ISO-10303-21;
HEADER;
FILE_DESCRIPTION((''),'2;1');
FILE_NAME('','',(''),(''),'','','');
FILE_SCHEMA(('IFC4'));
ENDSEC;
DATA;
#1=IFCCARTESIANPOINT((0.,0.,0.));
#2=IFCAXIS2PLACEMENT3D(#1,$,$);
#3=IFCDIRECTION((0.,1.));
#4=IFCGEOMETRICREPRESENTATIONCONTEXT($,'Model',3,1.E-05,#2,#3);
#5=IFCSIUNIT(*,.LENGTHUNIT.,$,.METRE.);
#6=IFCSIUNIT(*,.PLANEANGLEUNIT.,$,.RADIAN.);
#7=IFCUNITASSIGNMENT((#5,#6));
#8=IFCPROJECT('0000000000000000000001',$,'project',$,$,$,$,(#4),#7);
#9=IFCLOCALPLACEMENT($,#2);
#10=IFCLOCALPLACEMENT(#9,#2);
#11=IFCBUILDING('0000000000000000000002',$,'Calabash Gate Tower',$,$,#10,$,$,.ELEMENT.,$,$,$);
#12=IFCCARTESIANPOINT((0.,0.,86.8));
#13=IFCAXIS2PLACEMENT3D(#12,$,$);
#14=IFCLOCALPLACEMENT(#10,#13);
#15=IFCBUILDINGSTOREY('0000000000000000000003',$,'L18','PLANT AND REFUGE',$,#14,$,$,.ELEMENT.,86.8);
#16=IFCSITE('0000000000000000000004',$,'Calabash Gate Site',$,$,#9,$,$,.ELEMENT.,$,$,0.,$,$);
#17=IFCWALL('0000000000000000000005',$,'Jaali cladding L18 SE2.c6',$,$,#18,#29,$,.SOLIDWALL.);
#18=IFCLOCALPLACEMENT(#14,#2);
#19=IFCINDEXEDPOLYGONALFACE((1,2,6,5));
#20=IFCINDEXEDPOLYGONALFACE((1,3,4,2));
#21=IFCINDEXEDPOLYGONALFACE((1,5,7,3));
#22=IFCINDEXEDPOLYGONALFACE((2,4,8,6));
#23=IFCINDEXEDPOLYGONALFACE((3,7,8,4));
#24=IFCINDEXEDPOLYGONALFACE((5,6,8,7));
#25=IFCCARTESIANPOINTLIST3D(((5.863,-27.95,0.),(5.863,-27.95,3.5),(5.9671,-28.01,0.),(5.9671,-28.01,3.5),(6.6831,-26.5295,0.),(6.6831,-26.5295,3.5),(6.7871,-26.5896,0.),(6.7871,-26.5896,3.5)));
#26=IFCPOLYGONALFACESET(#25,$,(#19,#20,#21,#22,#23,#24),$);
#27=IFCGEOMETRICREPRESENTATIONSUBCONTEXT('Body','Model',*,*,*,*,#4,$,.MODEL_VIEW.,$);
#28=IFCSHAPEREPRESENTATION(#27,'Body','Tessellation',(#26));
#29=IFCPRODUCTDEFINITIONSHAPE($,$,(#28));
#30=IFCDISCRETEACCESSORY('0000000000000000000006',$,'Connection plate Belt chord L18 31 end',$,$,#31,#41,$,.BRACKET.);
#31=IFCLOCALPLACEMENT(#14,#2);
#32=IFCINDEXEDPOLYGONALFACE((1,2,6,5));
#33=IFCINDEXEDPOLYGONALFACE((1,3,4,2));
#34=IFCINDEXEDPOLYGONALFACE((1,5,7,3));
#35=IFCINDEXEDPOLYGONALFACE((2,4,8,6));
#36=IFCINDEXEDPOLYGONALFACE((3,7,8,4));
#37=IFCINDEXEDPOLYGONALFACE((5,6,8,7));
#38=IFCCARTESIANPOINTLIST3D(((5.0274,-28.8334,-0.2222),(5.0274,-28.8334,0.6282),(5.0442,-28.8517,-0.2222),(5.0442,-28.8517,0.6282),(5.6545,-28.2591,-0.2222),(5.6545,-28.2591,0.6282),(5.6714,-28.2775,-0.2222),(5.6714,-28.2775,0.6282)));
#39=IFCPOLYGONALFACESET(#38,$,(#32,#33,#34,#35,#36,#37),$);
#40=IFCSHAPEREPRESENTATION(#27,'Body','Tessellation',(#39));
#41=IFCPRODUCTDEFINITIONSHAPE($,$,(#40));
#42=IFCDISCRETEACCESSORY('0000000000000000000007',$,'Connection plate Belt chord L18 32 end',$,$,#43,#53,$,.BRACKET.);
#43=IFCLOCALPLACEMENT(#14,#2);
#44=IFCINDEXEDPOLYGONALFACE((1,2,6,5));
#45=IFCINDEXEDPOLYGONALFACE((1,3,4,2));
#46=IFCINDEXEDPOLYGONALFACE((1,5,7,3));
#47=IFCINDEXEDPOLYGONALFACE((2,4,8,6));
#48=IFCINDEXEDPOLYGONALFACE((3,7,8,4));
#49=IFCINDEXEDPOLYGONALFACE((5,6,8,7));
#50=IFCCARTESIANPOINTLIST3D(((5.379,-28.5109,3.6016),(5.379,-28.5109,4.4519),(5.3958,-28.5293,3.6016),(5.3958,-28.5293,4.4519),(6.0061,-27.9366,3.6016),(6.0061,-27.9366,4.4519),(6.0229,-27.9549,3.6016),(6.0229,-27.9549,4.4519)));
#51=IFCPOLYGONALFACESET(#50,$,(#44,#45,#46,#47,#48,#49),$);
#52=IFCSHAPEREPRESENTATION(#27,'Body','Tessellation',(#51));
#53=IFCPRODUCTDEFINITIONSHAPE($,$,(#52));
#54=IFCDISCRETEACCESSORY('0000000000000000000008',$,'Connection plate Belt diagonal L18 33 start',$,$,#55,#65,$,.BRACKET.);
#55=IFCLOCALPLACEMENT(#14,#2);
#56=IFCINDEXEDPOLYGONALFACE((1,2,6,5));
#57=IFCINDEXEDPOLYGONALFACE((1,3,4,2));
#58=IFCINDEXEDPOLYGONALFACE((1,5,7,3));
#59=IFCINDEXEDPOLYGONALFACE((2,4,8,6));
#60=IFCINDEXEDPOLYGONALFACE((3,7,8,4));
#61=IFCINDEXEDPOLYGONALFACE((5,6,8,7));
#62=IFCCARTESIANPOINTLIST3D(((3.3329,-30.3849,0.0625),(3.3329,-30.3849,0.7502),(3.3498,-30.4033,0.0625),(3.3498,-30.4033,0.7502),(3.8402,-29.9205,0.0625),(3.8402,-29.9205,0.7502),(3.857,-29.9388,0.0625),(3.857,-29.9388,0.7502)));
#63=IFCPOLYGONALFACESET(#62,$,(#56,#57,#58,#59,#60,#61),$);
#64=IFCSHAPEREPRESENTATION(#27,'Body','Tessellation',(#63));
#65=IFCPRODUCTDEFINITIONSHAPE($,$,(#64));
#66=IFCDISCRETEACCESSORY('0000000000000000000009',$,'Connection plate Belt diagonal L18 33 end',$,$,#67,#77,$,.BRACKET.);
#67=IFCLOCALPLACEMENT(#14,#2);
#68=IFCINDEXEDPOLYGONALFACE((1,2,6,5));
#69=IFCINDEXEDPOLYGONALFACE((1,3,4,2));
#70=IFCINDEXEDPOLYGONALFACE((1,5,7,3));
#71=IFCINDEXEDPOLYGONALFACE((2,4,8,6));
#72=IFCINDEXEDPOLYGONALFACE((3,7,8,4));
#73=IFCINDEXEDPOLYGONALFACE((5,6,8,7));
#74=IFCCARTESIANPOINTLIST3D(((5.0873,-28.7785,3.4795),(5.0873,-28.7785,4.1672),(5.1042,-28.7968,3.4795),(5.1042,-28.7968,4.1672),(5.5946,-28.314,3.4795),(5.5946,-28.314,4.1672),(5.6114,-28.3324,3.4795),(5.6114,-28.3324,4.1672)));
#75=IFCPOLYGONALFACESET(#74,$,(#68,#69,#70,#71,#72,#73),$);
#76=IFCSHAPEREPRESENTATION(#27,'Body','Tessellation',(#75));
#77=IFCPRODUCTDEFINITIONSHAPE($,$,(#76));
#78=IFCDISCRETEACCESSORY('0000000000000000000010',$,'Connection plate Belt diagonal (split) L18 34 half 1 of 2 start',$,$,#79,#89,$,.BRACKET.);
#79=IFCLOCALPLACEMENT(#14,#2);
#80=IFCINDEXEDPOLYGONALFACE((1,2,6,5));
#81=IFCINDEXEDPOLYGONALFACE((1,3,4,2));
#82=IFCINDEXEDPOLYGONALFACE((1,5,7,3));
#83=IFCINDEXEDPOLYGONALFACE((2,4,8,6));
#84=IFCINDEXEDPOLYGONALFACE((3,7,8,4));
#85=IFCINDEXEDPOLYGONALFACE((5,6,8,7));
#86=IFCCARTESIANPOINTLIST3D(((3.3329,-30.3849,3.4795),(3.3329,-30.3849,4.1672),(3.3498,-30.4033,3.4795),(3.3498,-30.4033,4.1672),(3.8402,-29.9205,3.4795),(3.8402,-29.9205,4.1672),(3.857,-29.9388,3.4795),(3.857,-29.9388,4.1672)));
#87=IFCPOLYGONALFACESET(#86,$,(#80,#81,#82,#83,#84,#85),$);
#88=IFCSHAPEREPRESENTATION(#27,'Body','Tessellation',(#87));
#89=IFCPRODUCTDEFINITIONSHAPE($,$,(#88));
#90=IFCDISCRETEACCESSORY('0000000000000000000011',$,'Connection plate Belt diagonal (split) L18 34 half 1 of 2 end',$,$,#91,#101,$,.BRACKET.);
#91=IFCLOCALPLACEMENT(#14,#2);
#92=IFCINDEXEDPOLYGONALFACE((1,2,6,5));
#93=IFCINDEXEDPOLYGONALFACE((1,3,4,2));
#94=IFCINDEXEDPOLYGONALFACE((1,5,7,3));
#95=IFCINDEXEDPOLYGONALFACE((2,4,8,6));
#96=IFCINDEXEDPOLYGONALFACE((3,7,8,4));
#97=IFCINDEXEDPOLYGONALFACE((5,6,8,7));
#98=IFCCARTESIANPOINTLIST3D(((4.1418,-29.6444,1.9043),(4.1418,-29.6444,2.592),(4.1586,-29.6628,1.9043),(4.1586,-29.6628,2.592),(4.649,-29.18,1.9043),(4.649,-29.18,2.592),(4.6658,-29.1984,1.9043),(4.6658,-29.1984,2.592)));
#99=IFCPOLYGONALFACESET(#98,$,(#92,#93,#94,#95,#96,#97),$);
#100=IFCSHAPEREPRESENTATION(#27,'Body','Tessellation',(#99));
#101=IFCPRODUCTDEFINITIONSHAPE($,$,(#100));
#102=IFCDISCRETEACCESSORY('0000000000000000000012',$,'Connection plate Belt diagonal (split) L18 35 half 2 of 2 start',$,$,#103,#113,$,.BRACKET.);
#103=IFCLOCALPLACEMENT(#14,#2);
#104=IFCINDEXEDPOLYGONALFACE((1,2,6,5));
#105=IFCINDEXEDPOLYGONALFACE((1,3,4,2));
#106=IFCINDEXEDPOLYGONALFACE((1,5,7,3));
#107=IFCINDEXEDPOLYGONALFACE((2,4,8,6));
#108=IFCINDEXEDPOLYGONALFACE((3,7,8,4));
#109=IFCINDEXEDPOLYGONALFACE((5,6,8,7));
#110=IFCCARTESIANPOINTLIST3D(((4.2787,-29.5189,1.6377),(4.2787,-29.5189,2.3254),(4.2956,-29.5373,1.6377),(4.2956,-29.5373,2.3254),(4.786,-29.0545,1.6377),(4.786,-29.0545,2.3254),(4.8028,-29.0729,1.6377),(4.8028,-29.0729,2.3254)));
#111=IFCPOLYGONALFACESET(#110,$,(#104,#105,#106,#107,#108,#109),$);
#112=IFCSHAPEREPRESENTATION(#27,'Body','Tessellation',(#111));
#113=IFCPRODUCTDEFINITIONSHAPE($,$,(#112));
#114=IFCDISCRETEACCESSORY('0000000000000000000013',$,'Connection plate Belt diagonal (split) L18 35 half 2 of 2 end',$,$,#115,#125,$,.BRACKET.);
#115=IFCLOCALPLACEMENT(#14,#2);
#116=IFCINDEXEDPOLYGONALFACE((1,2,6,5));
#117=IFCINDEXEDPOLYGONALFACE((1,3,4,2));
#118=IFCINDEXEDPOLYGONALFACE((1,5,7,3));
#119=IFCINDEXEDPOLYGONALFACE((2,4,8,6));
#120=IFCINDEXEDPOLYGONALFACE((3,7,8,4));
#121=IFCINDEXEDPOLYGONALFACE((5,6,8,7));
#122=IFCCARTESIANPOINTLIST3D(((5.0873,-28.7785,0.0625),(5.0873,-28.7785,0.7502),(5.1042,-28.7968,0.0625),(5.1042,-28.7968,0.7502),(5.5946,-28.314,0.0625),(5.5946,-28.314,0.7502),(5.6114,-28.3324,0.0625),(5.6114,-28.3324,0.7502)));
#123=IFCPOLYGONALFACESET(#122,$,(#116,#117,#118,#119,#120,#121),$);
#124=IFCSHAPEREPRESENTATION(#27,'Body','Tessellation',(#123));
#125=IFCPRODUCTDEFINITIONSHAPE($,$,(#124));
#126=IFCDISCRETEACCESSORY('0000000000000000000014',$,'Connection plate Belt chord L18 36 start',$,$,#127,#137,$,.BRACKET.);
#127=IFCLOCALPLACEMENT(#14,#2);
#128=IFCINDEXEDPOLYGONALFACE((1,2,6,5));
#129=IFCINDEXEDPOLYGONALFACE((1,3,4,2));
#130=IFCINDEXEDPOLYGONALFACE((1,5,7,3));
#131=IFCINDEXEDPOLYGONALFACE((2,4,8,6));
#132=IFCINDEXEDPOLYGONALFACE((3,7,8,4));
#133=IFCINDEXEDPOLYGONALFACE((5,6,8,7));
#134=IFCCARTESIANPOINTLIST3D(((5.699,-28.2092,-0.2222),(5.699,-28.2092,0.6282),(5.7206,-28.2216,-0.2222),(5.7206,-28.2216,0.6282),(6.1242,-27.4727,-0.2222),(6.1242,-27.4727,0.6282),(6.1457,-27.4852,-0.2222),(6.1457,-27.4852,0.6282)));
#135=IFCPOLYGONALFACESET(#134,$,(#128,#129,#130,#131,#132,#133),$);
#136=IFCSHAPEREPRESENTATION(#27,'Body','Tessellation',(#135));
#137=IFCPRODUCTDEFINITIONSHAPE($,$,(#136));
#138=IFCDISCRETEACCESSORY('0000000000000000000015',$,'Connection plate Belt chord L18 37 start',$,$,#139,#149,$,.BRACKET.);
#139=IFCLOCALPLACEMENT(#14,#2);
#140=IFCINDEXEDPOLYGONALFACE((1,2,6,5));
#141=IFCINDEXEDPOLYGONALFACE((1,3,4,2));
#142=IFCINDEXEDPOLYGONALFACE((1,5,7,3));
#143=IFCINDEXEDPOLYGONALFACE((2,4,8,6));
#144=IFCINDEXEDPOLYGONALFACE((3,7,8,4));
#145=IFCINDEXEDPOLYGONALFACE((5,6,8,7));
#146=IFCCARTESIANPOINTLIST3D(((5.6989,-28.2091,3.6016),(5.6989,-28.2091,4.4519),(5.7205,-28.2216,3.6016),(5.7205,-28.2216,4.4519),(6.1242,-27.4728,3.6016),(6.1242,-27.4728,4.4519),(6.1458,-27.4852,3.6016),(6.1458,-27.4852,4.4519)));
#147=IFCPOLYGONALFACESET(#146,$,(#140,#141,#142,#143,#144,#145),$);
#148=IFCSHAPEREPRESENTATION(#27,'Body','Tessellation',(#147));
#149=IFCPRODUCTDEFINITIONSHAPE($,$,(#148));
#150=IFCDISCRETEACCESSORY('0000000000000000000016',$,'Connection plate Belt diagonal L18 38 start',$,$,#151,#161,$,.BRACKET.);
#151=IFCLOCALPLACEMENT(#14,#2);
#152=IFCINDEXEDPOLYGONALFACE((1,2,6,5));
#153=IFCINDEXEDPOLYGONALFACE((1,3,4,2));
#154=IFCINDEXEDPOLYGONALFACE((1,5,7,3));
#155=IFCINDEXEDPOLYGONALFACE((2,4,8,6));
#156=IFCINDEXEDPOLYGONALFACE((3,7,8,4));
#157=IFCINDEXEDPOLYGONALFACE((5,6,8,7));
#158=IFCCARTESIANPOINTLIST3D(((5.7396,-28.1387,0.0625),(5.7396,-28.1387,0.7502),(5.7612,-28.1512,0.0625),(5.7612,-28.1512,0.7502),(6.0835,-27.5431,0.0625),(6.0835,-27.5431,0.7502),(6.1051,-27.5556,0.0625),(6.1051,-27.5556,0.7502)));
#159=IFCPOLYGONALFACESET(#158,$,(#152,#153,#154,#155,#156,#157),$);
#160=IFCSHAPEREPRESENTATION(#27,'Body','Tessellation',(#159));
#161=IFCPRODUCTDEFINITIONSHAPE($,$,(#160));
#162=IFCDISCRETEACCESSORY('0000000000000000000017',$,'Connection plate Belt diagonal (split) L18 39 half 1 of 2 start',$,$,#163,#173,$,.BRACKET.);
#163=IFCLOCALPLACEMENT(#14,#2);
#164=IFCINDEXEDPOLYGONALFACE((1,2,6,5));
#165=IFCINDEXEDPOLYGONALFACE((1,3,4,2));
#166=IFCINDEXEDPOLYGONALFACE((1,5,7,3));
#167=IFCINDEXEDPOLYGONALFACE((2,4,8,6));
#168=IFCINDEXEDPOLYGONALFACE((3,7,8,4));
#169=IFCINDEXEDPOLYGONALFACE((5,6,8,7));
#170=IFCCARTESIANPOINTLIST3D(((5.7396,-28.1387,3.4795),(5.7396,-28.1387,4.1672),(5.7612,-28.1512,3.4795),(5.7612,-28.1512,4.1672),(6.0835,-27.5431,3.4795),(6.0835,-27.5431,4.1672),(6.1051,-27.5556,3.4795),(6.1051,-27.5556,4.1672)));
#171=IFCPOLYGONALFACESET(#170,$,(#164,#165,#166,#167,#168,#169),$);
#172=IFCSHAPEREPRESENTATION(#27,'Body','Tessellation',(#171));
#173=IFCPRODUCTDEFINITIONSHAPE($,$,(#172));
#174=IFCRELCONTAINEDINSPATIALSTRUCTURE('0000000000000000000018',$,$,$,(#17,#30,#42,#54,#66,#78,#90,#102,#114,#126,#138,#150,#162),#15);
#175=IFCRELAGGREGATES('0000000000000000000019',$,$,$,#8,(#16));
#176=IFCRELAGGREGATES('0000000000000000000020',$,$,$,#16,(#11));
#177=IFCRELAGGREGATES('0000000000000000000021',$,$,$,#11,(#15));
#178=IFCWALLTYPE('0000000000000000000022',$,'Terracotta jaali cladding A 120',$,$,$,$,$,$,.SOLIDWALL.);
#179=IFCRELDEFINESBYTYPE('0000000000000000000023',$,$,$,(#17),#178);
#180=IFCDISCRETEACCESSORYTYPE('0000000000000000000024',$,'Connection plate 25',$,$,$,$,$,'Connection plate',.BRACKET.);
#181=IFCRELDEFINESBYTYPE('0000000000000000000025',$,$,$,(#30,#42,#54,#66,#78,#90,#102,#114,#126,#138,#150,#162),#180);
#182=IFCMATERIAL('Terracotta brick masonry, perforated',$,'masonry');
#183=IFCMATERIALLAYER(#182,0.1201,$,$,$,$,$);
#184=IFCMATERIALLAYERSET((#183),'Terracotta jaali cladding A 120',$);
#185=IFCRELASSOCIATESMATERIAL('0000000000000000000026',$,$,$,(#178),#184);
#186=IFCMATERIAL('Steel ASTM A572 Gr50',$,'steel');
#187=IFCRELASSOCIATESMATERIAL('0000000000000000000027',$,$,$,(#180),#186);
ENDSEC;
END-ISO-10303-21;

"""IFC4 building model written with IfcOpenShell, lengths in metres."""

from ifc_helpers import new_model, si_unit, direction, frame, frame_2d, origin, origin_2d, place, context, subcontext, project, spatial, rectangle, extrude, material, layer, layer_set, type_object, element, save


model = new_model("IFC4")

# Units and contexts
model_context = context("Model", 3, precision=1e-05, world=origin(), true_north=direction((0.0, 1.0)))
body_context = subcontext(model_context, "Body", "Model", "MODEL_VIEW")
ifc_project = project(units=[si_unit("LENGTHUNIT", "METRE"), si_unit("PLANEANGLEUNIT", "RADIAN")], contexts=[model_context])

# Site, building, storey
site_placement = place(None, origin())
site = spatial("IfcSite", under=ifc_project, at=site_placement, Name="Calabash Gate Site", CompositionType="ELEMENT", RefElevation=0.0)
building_placement = place(site_placement, origin())
building = spatial("IfcBuilding", under=site, at=building_placement, Name="Calabash Gate Tower", CompositionType="ELEMENT")
storey_placement = place(building_placement, frame((0.0, 0.0, 86.8)))
storey = spatial("IfcBuildingStorey", under=building, at=storey_placement, Name="L18", Description="PLANT AND REFUGE", CompositionType="ELEMENT", Elevation=86.8)

# Wall
ifc_material_1 = material(Name="Terracotta brick masonry, perforated", Category="masonry")
ifc_layer_1 = layer(ifc_material_1, 0.1201)
ifc_layer_set_1 = layer_set([ifc_layer_1], Name="Terracotta jaali cladding A 120")
wall_type_1 = type_object("IfcWallType", Name="Terracotta jaali cladding A 120", PredefinedType="SOLIDWALL", material=ifc_layer_set_1)
wall_1_placement = place(storey_placement, frame((5.915, -27.98, 0.0), z_axis=(0.0, 0.0, 1.0), x_axis=(0.499997, 0.866027, 0.0)))
element("IfcWall", 1, at=wall_1_placement, inside=storey, type_object=wall_type_1, Name="Jaali cladding L18 SE2.c6", PredefinedType="SOLIDWALL", context=body_context, shape_type="SweptSolid", body=[
    extrude(rectangle(XDim=1.6401, YDim=0.1201, at=frame_2d((0.8201, 0.0))), origin(), (0.0, 0.0, 1.0), 3.5),
])

# Discrete accessories
ifc_material_2 = material(Name="Steel ASTM A572 Gr50", Category="steel")
discrete_accessory_type = type_object("IfcDiscreteAccessoryType", Name="Connection plate 25", ElementType="Connection plate", PredefinedType="BRACKET", material=ifc_material_2)
for number, where, z_axis, x_axis, name in (
    (2, (5.3494, -28.5554, -0.2222), (0.0, 0.0, 1.0), (0.737536, 0.675308, 0.0), "Connection plate Belt chord L18 31 end"),
    (3, (5.7009, -28.2329, 3.6016), (0.0, 0.0, 1.0), (0.737436, 0.675416, 0.0), "Connection plate Belt chord L18 32 end"),
):
    element("IfcDiscreteAccessory", number, at=place(storey_placement, frame(where, z_axis=z_axis, x_axis=x_axis)), inside=storey, type_object=discrete_accessory_type, Name=name, PredefinedType="BRACKET", context=body_context, shape_type="SweptSolid", body=[
        extrude(rectangle(XDim=0.8503, YDim=0.0249, at=origin_2d()), origin(), (0.0, 0.0, 1.0), 0.8503),
    ])
for number, where, z_axis, x_axis, name in (
    (4, (3.595, -30.1619, 0.0625), (0.0, 0.0, 1.0), (0.737536, 0.675308, 0.0), "Connection plate Belt diagonal L18 33 start"),
    (5, (5.3494, -28.5554, 3.4795), (0.0, 0.0, 1.0), (0.737536, 0.675308, 0.0), "Connection plate Belt diagonal L18 33 end"),
    (6, (3.595, -30.1619, 3.4795), (0.0, 0.0, 1.0), (0.737536, 0.675308, 0.0), "Connection plate Belt diagonal (split) L18 34 half 1 of 2 start"),
    (7, (4.4038, -29.4214, 1.9043), (0.0, 0.0, 1.0), (0.737536, 0.675308, 0.0), "Connection plate Belt diagonal (split) L18 34 half 1 of 2 end"),
    (8, (4.5408, -29.2959, 1.6377), (0.0, 0.0, 1.0), (0.737536, 0.675308, 0.0), "Connection plate Belt diagonal (split) L18 35 half 2 of 2 start"),
    (9, (5.3494, -28.5554, 0.0625), (0.0, 0.0, 1.0), (0.737536, 0.675308, 0.0), "Connection plate Belt diagonal (split) L18 35 half 2 of 2 end"),
):
    element("IfcDiscreteAccessory", number, at=place(storey_placement, frame(where, z_axis=z_axis, x_axis=x_axis)), inside=storey, type_object=discrete_accessory_type, Name=name, PredefinedType="BRACKET", context=body_context, shape_type="SweptSolid", body=[
        extrude(rectangle(XDim=0.6877, YDim=0.0249, at=origin_2d()), origin(), (0.0, 0.0, 1.0), 0.6877),
    ])
for number, where, z_axis, x_axis, name in (
    (10, (5.9224, -27.8472, -0.2222), (0.0, 0.0, 1.0), (0.5, 0.866025, 0.0), "Connection plate Belt chord L18 36 start"),
    (11, (5.9224, -27.8472, 3.6016), (0.0, 0.0, 1.0), (0.500191, 0.865915, 0.0), "Connection plate Belt chord L18 37 start"),
):
    element("IfcDiscreteAccessory", number, at=place(storey_placement, frame(where, z_axis=z_axis, x_axis=x_axis)), inside=storey, type_object=discrete_accessory_type, Name=name, PredefinedType="BRACKET", context=body_context, shape_type="SweptSolid", body=[
        extrude(rectangle(XDim=0.8503, YDim=0.0249, at=origin_2d()), origin(), (0.0, 0.0, 1.0), 0.8503),
    ])
for number, where, z_axis, x_axis, name in (
    (12, (5.9224, -27.8472, 0.0625), (0.0, 0.0, 1.0), (0.5, 0.866025, 0.0), "Connection plate Belt diagonal L18 38 start"),
    (13, (5.9224, -27.8472, 3.4795), (0.0, 0.0, 1.0), (0.5, 0.866025, 0.0), "Connection plate Belt diagonal (split) L18 39 half 1 of 2 start"),
):
    element("IfcDiscreteAccessory", number, at=place(storey_placement, frame(where, z_axis=z_axis, x_axis=x_axis)), inside=storey, type_object=discrete_accessory_type, Name=name, PredefinedType="BRACKET", context=body_context, shape_type="SweptSolid", body=[
        extrude(rectangle(XDim=0.6877, YDim=0.0249, at=origin_2d()), origin(), (0.0, 0.0, 1.0), 0.6877),
    ])

save(model, "model.ifc")
